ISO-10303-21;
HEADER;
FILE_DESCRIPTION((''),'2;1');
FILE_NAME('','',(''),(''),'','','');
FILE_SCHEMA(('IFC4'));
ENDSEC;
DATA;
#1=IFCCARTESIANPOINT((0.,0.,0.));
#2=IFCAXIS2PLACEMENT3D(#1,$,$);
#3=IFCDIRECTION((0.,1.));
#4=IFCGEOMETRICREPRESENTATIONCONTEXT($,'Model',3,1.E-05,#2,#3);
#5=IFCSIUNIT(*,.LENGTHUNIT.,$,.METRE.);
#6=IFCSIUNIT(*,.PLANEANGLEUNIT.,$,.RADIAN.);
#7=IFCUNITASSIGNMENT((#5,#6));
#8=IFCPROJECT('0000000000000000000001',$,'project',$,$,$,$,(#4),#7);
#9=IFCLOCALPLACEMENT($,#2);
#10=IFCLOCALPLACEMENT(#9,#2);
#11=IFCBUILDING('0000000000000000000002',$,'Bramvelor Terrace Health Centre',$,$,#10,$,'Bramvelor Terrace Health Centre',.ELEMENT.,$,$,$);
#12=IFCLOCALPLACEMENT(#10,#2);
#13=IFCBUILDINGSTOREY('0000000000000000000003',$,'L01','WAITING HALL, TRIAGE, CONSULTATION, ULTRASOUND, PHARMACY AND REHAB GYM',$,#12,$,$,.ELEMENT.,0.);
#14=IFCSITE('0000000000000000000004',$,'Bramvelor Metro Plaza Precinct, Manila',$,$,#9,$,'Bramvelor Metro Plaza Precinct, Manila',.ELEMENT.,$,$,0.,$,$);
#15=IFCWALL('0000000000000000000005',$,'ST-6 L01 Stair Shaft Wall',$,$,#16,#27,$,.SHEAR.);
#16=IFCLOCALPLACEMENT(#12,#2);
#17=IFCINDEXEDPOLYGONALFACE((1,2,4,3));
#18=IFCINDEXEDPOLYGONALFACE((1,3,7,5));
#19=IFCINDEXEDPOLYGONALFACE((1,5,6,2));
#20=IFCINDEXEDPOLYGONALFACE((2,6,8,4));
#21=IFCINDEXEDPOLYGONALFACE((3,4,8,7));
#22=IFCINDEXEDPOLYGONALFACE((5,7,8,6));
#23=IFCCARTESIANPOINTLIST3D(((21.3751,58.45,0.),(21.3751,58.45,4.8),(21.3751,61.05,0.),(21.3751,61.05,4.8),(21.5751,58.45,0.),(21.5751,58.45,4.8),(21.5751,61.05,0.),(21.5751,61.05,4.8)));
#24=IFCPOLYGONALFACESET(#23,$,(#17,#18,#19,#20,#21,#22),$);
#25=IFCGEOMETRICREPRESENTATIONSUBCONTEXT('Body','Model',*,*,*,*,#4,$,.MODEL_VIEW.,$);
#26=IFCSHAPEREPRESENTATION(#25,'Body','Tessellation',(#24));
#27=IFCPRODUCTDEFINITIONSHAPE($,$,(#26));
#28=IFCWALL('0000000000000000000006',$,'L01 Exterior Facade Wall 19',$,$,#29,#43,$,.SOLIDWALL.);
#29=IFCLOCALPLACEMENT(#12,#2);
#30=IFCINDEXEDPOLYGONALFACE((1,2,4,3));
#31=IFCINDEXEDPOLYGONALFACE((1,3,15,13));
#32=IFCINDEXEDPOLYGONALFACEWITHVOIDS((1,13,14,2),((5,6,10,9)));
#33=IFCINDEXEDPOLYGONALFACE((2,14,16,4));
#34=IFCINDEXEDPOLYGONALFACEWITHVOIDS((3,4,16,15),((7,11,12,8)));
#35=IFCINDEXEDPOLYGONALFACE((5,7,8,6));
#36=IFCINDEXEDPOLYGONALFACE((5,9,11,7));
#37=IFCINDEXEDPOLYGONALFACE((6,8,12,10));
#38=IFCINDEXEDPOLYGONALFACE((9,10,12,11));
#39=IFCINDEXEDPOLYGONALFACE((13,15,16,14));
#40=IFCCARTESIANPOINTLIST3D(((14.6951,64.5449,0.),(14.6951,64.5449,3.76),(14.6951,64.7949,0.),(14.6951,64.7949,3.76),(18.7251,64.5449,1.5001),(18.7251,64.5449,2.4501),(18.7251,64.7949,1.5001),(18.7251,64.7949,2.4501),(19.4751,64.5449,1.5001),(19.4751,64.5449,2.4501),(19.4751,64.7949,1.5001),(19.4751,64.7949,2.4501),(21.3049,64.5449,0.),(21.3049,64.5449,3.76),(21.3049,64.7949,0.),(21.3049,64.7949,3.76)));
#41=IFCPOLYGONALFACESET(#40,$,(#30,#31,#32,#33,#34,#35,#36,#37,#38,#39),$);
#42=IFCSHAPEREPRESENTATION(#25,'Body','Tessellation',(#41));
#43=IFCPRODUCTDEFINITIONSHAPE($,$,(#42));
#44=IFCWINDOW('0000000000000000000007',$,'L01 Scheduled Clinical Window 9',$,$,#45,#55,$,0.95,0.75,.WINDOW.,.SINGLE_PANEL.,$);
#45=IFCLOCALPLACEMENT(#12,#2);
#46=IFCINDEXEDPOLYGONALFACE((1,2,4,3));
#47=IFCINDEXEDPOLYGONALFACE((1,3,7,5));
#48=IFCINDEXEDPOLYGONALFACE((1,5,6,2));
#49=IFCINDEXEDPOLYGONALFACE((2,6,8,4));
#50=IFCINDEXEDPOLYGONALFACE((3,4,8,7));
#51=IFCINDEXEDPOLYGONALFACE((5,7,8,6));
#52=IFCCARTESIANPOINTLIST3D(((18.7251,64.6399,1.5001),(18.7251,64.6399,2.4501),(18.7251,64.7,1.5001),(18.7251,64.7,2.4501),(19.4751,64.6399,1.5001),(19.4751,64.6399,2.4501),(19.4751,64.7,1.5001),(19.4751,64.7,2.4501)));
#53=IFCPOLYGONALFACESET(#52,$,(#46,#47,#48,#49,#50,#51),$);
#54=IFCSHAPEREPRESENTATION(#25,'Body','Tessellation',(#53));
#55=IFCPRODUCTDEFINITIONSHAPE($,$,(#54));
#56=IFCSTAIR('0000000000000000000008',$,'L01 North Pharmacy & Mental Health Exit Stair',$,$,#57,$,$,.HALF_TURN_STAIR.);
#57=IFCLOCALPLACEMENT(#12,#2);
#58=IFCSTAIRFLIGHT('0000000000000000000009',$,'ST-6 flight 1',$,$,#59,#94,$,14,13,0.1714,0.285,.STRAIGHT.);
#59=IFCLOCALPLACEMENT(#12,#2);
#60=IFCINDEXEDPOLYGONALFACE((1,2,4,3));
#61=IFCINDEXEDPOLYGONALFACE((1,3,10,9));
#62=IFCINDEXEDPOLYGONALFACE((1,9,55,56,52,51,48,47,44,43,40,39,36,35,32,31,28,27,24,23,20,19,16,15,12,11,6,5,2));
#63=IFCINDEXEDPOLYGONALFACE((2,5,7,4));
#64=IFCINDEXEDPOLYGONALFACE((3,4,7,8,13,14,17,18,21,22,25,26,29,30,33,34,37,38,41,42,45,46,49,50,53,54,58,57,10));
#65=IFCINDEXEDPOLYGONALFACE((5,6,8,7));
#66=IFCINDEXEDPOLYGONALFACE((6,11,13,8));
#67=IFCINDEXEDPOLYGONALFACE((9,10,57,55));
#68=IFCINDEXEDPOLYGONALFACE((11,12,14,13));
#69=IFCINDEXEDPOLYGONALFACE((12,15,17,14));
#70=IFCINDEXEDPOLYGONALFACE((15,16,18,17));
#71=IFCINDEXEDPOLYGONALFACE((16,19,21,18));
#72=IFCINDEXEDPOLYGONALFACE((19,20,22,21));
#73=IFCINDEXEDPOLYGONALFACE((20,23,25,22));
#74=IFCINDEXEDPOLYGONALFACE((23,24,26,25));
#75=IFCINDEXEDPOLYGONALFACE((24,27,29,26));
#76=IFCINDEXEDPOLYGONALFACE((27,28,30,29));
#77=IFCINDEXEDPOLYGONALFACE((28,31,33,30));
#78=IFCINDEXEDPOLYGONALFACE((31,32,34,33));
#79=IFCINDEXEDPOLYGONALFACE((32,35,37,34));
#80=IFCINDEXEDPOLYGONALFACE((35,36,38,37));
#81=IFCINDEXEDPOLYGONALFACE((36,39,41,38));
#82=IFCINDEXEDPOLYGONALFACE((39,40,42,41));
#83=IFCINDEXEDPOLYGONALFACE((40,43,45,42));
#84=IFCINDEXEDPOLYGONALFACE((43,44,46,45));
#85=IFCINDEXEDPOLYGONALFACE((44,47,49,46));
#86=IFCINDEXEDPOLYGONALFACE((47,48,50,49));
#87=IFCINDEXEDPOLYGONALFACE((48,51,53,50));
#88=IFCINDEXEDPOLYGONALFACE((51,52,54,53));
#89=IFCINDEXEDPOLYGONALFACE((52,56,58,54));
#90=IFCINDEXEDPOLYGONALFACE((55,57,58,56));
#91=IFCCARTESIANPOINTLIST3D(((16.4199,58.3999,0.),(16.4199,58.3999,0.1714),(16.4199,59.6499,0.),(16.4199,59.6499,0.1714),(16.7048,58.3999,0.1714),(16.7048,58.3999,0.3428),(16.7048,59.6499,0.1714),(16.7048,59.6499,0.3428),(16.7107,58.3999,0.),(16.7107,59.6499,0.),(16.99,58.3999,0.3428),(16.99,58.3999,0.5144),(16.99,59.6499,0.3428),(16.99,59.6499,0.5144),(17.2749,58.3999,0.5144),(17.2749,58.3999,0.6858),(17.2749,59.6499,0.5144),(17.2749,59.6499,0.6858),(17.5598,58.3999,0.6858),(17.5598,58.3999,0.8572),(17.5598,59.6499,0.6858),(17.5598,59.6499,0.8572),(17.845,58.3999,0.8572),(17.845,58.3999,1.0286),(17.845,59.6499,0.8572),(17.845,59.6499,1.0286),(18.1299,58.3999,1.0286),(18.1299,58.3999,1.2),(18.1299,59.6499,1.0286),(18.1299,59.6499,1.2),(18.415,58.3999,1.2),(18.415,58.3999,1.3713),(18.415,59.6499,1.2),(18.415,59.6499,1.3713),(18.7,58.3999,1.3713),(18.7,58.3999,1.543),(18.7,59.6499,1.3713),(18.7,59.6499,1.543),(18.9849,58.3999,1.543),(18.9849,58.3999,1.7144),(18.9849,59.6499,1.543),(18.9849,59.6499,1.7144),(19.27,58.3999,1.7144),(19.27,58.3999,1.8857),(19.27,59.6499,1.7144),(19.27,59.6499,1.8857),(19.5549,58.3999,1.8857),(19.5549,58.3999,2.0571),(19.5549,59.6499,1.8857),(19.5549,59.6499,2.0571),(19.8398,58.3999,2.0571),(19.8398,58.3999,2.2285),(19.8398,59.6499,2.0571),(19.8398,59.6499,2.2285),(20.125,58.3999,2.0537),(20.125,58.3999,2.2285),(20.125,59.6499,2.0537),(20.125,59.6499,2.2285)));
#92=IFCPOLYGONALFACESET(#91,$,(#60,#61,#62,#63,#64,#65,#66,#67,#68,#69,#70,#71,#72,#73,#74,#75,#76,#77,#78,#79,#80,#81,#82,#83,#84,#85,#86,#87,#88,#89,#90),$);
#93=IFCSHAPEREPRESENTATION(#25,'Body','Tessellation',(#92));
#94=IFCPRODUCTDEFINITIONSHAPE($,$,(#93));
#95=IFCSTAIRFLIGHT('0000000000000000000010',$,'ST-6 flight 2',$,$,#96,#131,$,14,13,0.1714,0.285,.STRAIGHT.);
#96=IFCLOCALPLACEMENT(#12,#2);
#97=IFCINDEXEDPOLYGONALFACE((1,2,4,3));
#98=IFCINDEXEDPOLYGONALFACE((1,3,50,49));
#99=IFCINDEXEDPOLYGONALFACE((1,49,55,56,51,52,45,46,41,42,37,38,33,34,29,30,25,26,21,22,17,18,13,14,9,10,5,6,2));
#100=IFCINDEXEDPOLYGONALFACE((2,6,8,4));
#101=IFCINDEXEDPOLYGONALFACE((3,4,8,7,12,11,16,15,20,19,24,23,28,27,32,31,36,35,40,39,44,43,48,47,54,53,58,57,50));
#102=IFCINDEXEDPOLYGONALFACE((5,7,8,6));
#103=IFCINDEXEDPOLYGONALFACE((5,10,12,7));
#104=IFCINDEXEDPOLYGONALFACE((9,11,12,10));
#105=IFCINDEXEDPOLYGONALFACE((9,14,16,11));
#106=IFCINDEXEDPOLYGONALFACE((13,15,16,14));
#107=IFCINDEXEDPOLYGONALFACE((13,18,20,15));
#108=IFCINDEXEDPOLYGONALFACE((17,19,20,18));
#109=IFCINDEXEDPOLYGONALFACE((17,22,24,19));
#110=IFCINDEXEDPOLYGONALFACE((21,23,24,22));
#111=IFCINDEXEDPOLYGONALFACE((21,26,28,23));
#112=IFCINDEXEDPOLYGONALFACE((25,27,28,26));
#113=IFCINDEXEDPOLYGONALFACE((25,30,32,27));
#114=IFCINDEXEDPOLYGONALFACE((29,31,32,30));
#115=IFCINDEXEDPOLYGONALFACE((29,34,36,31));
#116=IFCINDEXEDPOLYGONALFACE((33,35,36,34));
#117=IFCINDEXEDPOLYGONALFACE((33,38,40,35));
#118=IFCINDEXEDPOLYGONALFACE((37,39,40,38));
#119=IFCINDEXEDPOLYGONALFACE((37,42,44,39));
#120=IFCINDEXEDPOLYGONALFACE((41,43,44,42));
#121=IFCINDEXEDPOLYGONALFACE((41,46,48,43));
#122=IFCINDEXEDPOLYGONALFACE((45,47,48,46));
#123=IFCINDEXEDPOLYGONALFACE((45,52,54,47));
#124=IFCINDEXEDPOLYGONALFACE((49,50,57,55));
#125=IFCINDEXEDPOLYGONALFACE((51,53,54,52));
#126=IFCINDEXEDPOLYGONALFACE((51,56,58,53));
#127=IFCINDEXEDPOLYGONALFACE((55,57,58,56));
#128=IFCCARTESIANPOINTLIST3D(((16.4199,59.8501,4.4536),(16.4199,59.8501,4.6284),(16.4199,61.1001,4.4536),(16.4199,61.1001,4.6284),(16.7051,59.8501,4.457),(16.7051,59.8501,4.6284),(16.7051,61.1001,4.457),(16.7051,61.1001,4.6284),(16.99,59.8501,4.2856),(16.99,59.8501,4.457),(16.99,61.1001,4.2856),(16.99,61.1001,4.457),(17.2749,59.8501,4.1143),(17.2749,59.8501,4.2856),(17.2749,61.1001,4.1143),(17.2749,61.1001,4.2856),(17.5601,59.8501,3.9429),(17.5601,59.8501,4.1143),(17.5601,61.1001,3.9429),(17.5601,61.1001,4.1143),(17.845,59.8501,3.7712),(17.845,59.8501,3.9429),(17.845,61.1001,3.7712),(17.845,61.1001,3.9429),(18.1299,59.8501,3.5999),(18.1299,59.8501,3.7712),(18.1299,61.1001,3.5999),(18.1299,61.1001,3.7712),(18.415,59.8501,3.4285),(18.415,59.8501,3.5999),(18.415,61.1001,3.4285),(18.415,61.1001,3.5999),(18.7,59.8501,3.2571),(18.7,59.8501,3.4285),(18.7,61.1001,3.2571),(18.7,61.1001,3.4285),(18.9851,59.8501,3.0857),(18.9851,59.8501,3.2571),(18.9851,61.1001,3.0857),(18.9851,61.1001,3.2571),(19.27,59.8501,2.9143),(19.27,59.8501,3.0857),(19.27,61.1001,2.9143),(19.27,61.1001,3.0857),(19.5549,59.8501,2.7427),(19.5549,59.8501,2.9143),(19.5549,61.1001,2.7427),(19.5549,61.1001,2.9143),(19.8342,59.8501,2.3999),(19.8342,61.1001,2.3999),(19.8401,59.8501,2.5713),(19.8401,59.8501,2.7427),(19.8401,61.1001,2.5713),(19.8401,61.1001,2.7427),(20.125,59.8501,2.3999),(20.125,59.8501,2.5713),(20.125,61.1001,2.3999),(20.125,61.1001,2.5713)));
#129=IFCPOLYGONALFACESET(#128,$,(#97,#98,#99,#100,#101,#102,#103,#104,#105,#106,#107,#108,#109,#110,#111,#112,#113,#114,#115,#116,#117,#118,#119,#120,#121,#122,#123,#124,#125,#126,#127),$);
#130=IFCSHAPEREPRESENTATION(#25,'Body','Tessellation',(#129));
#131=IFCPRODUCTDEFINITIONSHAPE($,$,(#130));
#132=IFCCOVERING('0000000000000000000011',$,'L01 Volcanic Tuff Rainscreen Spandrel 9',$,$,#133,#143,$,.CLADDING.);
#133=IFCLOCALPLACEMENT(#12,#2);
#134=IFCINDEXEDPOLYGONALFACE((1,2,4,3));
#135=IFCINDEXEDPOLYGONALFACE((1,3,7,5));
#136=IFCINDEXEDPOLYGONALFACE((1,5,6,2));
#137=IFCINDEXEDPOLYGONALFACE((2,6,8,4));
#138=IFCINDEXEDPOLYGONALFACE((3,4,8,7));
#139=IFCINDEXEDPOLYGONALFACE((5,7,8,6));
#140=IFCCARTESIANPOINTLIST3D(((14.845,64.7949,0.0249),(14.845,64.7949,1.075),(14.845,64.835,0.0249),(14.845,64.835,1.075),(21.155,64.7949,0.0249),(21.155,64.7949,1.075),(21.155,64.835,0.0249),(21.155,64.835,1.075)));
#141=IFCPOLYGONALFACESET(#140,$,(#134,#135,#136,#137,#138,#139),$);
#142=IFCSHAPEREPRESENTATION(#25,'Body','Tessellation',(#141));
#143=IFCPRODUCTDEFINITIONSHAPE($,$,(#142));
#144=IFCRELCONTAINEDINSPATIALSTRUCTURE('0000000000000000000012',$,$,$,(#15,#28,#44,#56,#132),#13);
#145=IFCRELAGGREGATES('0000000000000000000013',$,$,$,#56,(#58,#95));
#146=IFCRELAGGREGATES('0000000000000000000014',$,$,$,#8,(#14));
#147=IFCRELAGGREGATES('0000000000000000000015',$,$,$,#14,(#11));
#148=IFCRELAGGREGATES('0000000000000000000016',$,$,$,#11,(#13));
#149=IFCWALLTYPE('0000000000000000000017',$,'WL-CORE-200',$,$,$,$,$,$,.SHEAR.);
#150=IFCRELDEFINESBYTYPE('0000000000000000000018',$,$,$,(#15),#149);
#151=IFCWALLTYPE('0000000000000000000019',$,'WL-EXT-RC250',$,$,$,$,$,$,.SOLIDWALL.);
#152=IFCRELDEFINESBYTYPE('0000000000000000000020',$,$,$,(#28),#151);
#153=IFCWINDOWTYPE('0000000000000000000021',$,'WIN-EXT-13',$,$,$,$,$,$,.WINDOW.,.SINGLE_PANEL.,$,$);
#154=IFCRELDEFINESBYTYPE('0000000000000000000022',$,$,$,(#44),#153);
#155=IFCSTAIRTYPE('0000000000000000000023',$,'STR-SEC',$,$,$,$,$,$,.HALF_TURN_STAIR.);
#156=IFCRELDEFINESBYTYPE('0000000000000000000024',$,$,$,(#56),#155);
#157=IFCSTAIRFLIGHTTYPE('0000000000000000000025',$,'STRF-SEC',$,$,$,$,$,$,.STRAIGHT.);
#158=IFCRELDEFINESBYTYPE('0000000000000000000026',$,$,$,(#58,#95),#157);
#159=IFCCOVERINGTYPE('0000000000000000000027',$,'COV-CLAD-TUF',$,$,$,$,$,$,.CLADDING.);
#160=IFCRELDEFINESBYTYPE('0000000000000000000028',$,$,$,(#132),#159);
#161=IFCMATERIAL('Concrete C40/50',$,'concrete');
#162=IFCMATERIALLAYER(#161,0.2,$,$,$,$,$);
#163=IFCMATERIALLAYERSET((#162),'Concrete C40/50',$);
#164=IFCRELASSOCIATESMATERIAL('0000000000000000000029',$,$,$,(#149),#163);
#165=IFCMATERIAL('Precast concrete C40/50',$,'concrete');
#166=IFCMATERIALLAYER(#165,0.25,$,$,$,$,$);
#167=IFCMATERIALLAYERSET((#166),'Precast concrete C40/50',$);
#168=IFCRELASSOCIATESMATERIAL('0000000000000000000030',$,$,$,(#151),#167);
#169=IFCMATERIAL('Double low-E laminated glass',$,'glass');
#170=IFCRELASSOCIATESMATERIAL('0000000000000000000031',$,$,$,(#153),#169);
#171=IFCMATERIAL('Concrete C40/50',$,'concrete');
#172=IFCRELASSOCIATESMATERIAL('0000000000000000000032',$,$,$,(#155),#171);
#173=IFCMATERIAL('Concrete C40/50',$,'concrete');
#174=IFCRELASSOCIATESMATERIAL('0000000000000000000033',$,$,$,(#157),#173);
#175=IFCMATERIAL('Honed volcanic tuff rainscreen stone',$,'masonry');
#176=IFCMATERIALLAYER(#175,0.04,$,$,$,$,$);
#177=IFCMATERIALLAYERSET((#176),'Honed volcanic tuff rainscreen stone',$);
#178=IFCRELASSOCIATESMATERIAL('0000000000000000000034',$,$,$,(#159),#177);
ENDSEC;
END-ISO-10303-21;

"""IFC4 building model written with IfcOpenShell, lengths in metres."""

from ifc_helpers import new_model, si_unit, direction, frame, frame_2d, origin, origin_2d, place, context, subcontext, project, spatial, polyline, rectangle, outline, extrude, material, layer, layer_set, type_object, element, fill, aggregate, save


model = new_model("IFC4")

# Units and contexts
model_context = context("Model", 3, precision=1e-05, world=origin(), true_north=direction((0.0, 1.0)))
body_context = subcontext(model_context, "Body", "Model", "MODEL_VIEW")
ifc_project = project(units=[si_unit("LENGTHUNIT", "METRE"), si_unit("PLANEANGLEUNIT", "RADIAN")], contexts=[model_context])

# Site, building, storey
site_placement = place(None, origin())
site = spatial("IfcSite", under=ifc_project, at=site_placement, Name="Bramvelor Metro Plaza Precinct, Manila", LongName="Bramvelor Metro Plaza Precinct, Manila", CompositionType="ELEMENT", RefElevation=0.0)
building_placement = place(site_placement, origin())
building = spatial("IfcBuilding", under=site, at=building_placement, Name="Bramvelor Terrace Health Centre", LongName="Bramvelor Terrace Health Centre", CompositionType="ELEMENT")
storey_placement = place(building_placement, origin())
storey = spatial("IfcBuildingStorey", under=building, at=storey_placement, Name="L01", Description="WAITING HALL, TRIAGE, CONSULTATION, ULTRASOUND, PHARMACY AND REHAB GYM", CompositionType="ELEMENT", Elevation=0.0)

# Shared definitions
ifc_material_1 = material(Name="Concrete C40/50", Category="concrete")
ifc_layer_1 = layer(ifc_material_1, 0.2)
ifc_layer_set_1 = layer_set([ifc_layer_1], Name="Concrete C40/50")
wall_type_1 = type_object("IfcWallType", Name="WL-CORE-200", PredefinedType="SHEAR", material=ifc_layer_set_1)

# Wall
for number, where, z_axis, x_axis, name in (
    (1, (21.4751, 58.45, 0.0), (0.0, 0.0, 1.0), (0.0, 1.0, 0.0), "ST-6 L01 Stair Shaft Wall"),
):
    element("IfcWall", number, at=place(storey_placement, frame(where, z_axis=z_axis, x_axis=x_axis)), inside=storey, type_object=wall_type_1, Name=name, PredefinedType="SHEAR", context=body_context, shape_type="SweptSolid", body=[
        extrude(rectangle(XDim=2.6001, YDim=0.2, at=frame_2d((1.3, 0.0))), origin(), (0.0, 0.0, 1.0), 4.8),
    ])

# Wall, opening, window
ifc_material_2 = material(Name="Precast concrete C40/50", Category="concrete")
ifc_layer_2 = layer(ifc_material_2, 0.25)
ifc_layer_set_2 = layer_set([ifc_layer_2], Name="Precast concrete C40/50")
wall_type_2 = type_object("IfcWallType", Name="WL-EXT-RC250", PredefinedType="SOLIDWALL", material=ifc_layer_set_2)
wall_1_placement = place(storey_placement, frame((14.6951, 64.6699, 0.0), z_axis=(0.0, 0.0, 1.0), x_axis=(1.0, 0.0, 0.0)))
wall_1 = element("IfcWall", 2, at=wall_1_placement, inside=storey, type_object=wall_type_2, Name="L01 Exterior Facade Wall 19", PredefinedType="SOLIDWALL", context=body_context, shape_type="SweptSolid", body=[
    extrude(rectangle(XDim=6.6099, YDim=0.25, at=frame_2d((3.3049, 0.0))), origin(), (0.0, 0.0, 1.0), 3.76),
])
opening_1_placement = place(wall_1_placement, frame((4.03, 0.0, 1.5)))
opening_1 = element("IfcOpeningElement", 3, at=opening_1_placement, cuts=wall_1, PredefinedType="OPENING", context=body_context, shape_type="SweptSolid", body=[
    extrude(rectangle(XDim=0.75, YDim=0.95, at=frame_2d((0.375, 0.4751))), frame((0.0, 0.135, 0.0), z_axis=(0.0, -1.0, 0.0), x_axis=(1.0, 0.0, 0.0)), (0.0, 0.0, 1.0), 0.27),
])
ifc_material_3 = material(Name="Double low-E laminated glass", Category="glass")
window_type = type_object("IfcWindowType", Name="WIN-EXT-13", PartitioningType="SINGLE_PANEL", PredefinedType="WINDOW", material=ifc_material_3)
window_placement = place(opening_1_placement, origin())
window = element("IfcWindow", 4, at=window_placement, inside=storey, type_object=window_type, Name="L01 Scheduled Clinical Window 9", OverallHeight=0.95, OverallWidth=0.75, PartitioningType="SINGLE_PANEL", PredefinedType="WINDOW", context=body_context, shape_type="SweptSolid", body=[
    extrude(rectangle(XDim=0.75, YDim=0.95, at=frame_2d((0.375, 0.4751))), frame((0.0, 0.03, 0.0), z_axis=(0.0, -1.0, 0.0), x_axis=(1.0, 0.0, 0.0)), (0.0, 0.0, 1.0), 0.0601),
])
fill(opening_1, window)

# Stair, stair flights
ifc_material_4 = material(Name="Concrete C40/50", Category="concrete")
stair_type = type_object("IfcStairType", Name="STR-SEC", PredefinedType="HALF_TURN_STAIR", material=ifc_material_4)
stair_placement = place(storey_placement, origin())
stair = element("IfcStair", 5, at=stair_placement, inside=storey, type_object=stair_type, Name="L01 North Pharmacy & Mental Health Exit Stair", PredefinedType="HALF_TURN_STAIR")
ifc_material_5 = material(Name="Concrete C40/50", Category="concrete")
stair_flight_type = type_object("IfcStairFlightType", Name="STRF-SEC", PredefinedType="STRAIGHT", material=ifc_material_5)
stair_flight_1_placement = place(storey_placement, frame((16.4199, 59.0249, 0.0), z_axis=(0.0, 0.0, 1.0), x_axis=(1.0, 0.0, 0.0)))
stair_flight_1 = element("IfcStairFlight", 6, at=stair_flight_1_placement, type_object=stair_flight_type, Name="ST-6 flight 1", NumberOfRisers=14, NumberOfTreads=13, PredefinedType="STRAIGHT", RiserHeight=0.1714, TreadLength=0.285, context=body_context, shape_type="SweptSolid", body=[
    extrude(outline(polyline([(0.0, 0.0), (0.0, 0.1714), (0.2849, 0.1714), (0.2849, 0.3428), (0.5701, 0.3428), (0.5701, 0.5144), (0.855, 0.5144), (0.855, 0.6858), (1.1399, 0.6858), (1.1399, 0.8572), (1.425, 0.8572), (1.425, 1.0286), (1.71, 1.0286), (1.71, 1.2), (1.9951, 1.2), (1.9951, 1.3713), (2.28, 1.3713), (2.28, 1.543), (2.5649, 1.543), (2.5649, 1.7144), (2.8501, 1.7144), (2.8501, 1.8857), (3.135, 1.8857), (3.135, 2.0571), (3.4199, 2.0571), (3.4199, 2.2285), (3.7051, 2.2285), (3.7051, 2.3999), (3.7051, 2.0537), (0.2908, 0.0), (0.0, 0.0)])), frame((0.0, 0.625, 0.0), z_axis=(0.0, -1.0, 0.0), x_axis=(1.0, 0.0, 0.0)), (0.0, 0.0, 1.0), 1.25),
])
stair_flight_2_placement = place(storey_placement, frame((20.125, 60.4751, 2.3999), z_axis=(0.0, 0.0, 1.0), x_axis=(-1.0, 0.0, 0.0)))
stair_flight_2 = element("IfcStairFlight", 7, at=stair_flight_2_placement, type_object=stair_flight_type, Name="ST-6 flight 2", NumberOfRisers=14, NumberOfTreads=13, PredefinedType="STRAIGHT", RiserHeight=0.1714, TreadLength=0.285, context=body_context, shape_type="SweptSolid", body=[
    extrude(outline(polyline([(0.0, 0.0), (0.0, 0.1714), (0.2849, 0.1714), (0.2849, 0.3428), (0.5701, 0.3428), (0.5701, 0.5144), (0.855, 0.5144), (0.855, 0.6858), (1.1399, 0.6858), (1.1399, 0.8572), (1.425, 0.8572), (1.425, 1.0286), (1.71, 1.0286), (1.71, 1.2), (1.9951, 1.2), (1.9951, 1.3713), (2.28, 1.3713), (2.28, 1.543), (2.5649, 1.543), (2.5649, 1.7144), (2.8501, 1.7144), (2.8501, 1.8857), (3.135, 1.8857), (3.135, 2.0571), (3.4199, 2.0571), (3.4199, 2.2285), (3.7051, 2.2285), (3.7051, 2.3999), (3.7051, 2.0537), (0.2908, 0.0), (0.0, 0.0)])), frame((0.0, 0.625, 0.0), z_axis=(0.0, -1.0, 0.0), x_axis=(1.0, 0.0, 0.0)), (0.0, 0.0, 1.0), 1.25),
])
aggregate(stair, [stair_flight_1, stair_flight_2])

# Covering
ifc_material_6 = material(Name="Honed volcanic tuff rainscreen stone", Category="masonry")
ifc_layer_3 = layer(ifc_material_6, 0.04)
ifc_layer_set_3 = layer_set([ifc_layer_3], Name="Honed volcanic tuff rainscreen stone")
covering_type = type_object("IfcCoveringType", Name="COV-CLAD-TUF", PredefinedType="CLADDING", material=ifc_layer_set_3)
covering_placement = place(storey_placement, frame((18.0, 64.8149, 0.0249), z_axis=(0.0, 0.0, 1.0), x_axis=(1.0, 0.0, 0.0)))
element("IfcCovering", 8, at=covering_placement, inside=storey, type_object=covering_type, Name="L01 Volcanic Tuff Rainscreen Spandrel 9", PredefinedType="CLADDING", context=body_context, shape_type="SweptSolid", body=[
    extrude(rectangle(XDim=6.3101, YDim=0.04, at=origin_2d()), origin(), (0.0, 0.0, 1.0), 1.05),
])

save(model, "model.ifc")
